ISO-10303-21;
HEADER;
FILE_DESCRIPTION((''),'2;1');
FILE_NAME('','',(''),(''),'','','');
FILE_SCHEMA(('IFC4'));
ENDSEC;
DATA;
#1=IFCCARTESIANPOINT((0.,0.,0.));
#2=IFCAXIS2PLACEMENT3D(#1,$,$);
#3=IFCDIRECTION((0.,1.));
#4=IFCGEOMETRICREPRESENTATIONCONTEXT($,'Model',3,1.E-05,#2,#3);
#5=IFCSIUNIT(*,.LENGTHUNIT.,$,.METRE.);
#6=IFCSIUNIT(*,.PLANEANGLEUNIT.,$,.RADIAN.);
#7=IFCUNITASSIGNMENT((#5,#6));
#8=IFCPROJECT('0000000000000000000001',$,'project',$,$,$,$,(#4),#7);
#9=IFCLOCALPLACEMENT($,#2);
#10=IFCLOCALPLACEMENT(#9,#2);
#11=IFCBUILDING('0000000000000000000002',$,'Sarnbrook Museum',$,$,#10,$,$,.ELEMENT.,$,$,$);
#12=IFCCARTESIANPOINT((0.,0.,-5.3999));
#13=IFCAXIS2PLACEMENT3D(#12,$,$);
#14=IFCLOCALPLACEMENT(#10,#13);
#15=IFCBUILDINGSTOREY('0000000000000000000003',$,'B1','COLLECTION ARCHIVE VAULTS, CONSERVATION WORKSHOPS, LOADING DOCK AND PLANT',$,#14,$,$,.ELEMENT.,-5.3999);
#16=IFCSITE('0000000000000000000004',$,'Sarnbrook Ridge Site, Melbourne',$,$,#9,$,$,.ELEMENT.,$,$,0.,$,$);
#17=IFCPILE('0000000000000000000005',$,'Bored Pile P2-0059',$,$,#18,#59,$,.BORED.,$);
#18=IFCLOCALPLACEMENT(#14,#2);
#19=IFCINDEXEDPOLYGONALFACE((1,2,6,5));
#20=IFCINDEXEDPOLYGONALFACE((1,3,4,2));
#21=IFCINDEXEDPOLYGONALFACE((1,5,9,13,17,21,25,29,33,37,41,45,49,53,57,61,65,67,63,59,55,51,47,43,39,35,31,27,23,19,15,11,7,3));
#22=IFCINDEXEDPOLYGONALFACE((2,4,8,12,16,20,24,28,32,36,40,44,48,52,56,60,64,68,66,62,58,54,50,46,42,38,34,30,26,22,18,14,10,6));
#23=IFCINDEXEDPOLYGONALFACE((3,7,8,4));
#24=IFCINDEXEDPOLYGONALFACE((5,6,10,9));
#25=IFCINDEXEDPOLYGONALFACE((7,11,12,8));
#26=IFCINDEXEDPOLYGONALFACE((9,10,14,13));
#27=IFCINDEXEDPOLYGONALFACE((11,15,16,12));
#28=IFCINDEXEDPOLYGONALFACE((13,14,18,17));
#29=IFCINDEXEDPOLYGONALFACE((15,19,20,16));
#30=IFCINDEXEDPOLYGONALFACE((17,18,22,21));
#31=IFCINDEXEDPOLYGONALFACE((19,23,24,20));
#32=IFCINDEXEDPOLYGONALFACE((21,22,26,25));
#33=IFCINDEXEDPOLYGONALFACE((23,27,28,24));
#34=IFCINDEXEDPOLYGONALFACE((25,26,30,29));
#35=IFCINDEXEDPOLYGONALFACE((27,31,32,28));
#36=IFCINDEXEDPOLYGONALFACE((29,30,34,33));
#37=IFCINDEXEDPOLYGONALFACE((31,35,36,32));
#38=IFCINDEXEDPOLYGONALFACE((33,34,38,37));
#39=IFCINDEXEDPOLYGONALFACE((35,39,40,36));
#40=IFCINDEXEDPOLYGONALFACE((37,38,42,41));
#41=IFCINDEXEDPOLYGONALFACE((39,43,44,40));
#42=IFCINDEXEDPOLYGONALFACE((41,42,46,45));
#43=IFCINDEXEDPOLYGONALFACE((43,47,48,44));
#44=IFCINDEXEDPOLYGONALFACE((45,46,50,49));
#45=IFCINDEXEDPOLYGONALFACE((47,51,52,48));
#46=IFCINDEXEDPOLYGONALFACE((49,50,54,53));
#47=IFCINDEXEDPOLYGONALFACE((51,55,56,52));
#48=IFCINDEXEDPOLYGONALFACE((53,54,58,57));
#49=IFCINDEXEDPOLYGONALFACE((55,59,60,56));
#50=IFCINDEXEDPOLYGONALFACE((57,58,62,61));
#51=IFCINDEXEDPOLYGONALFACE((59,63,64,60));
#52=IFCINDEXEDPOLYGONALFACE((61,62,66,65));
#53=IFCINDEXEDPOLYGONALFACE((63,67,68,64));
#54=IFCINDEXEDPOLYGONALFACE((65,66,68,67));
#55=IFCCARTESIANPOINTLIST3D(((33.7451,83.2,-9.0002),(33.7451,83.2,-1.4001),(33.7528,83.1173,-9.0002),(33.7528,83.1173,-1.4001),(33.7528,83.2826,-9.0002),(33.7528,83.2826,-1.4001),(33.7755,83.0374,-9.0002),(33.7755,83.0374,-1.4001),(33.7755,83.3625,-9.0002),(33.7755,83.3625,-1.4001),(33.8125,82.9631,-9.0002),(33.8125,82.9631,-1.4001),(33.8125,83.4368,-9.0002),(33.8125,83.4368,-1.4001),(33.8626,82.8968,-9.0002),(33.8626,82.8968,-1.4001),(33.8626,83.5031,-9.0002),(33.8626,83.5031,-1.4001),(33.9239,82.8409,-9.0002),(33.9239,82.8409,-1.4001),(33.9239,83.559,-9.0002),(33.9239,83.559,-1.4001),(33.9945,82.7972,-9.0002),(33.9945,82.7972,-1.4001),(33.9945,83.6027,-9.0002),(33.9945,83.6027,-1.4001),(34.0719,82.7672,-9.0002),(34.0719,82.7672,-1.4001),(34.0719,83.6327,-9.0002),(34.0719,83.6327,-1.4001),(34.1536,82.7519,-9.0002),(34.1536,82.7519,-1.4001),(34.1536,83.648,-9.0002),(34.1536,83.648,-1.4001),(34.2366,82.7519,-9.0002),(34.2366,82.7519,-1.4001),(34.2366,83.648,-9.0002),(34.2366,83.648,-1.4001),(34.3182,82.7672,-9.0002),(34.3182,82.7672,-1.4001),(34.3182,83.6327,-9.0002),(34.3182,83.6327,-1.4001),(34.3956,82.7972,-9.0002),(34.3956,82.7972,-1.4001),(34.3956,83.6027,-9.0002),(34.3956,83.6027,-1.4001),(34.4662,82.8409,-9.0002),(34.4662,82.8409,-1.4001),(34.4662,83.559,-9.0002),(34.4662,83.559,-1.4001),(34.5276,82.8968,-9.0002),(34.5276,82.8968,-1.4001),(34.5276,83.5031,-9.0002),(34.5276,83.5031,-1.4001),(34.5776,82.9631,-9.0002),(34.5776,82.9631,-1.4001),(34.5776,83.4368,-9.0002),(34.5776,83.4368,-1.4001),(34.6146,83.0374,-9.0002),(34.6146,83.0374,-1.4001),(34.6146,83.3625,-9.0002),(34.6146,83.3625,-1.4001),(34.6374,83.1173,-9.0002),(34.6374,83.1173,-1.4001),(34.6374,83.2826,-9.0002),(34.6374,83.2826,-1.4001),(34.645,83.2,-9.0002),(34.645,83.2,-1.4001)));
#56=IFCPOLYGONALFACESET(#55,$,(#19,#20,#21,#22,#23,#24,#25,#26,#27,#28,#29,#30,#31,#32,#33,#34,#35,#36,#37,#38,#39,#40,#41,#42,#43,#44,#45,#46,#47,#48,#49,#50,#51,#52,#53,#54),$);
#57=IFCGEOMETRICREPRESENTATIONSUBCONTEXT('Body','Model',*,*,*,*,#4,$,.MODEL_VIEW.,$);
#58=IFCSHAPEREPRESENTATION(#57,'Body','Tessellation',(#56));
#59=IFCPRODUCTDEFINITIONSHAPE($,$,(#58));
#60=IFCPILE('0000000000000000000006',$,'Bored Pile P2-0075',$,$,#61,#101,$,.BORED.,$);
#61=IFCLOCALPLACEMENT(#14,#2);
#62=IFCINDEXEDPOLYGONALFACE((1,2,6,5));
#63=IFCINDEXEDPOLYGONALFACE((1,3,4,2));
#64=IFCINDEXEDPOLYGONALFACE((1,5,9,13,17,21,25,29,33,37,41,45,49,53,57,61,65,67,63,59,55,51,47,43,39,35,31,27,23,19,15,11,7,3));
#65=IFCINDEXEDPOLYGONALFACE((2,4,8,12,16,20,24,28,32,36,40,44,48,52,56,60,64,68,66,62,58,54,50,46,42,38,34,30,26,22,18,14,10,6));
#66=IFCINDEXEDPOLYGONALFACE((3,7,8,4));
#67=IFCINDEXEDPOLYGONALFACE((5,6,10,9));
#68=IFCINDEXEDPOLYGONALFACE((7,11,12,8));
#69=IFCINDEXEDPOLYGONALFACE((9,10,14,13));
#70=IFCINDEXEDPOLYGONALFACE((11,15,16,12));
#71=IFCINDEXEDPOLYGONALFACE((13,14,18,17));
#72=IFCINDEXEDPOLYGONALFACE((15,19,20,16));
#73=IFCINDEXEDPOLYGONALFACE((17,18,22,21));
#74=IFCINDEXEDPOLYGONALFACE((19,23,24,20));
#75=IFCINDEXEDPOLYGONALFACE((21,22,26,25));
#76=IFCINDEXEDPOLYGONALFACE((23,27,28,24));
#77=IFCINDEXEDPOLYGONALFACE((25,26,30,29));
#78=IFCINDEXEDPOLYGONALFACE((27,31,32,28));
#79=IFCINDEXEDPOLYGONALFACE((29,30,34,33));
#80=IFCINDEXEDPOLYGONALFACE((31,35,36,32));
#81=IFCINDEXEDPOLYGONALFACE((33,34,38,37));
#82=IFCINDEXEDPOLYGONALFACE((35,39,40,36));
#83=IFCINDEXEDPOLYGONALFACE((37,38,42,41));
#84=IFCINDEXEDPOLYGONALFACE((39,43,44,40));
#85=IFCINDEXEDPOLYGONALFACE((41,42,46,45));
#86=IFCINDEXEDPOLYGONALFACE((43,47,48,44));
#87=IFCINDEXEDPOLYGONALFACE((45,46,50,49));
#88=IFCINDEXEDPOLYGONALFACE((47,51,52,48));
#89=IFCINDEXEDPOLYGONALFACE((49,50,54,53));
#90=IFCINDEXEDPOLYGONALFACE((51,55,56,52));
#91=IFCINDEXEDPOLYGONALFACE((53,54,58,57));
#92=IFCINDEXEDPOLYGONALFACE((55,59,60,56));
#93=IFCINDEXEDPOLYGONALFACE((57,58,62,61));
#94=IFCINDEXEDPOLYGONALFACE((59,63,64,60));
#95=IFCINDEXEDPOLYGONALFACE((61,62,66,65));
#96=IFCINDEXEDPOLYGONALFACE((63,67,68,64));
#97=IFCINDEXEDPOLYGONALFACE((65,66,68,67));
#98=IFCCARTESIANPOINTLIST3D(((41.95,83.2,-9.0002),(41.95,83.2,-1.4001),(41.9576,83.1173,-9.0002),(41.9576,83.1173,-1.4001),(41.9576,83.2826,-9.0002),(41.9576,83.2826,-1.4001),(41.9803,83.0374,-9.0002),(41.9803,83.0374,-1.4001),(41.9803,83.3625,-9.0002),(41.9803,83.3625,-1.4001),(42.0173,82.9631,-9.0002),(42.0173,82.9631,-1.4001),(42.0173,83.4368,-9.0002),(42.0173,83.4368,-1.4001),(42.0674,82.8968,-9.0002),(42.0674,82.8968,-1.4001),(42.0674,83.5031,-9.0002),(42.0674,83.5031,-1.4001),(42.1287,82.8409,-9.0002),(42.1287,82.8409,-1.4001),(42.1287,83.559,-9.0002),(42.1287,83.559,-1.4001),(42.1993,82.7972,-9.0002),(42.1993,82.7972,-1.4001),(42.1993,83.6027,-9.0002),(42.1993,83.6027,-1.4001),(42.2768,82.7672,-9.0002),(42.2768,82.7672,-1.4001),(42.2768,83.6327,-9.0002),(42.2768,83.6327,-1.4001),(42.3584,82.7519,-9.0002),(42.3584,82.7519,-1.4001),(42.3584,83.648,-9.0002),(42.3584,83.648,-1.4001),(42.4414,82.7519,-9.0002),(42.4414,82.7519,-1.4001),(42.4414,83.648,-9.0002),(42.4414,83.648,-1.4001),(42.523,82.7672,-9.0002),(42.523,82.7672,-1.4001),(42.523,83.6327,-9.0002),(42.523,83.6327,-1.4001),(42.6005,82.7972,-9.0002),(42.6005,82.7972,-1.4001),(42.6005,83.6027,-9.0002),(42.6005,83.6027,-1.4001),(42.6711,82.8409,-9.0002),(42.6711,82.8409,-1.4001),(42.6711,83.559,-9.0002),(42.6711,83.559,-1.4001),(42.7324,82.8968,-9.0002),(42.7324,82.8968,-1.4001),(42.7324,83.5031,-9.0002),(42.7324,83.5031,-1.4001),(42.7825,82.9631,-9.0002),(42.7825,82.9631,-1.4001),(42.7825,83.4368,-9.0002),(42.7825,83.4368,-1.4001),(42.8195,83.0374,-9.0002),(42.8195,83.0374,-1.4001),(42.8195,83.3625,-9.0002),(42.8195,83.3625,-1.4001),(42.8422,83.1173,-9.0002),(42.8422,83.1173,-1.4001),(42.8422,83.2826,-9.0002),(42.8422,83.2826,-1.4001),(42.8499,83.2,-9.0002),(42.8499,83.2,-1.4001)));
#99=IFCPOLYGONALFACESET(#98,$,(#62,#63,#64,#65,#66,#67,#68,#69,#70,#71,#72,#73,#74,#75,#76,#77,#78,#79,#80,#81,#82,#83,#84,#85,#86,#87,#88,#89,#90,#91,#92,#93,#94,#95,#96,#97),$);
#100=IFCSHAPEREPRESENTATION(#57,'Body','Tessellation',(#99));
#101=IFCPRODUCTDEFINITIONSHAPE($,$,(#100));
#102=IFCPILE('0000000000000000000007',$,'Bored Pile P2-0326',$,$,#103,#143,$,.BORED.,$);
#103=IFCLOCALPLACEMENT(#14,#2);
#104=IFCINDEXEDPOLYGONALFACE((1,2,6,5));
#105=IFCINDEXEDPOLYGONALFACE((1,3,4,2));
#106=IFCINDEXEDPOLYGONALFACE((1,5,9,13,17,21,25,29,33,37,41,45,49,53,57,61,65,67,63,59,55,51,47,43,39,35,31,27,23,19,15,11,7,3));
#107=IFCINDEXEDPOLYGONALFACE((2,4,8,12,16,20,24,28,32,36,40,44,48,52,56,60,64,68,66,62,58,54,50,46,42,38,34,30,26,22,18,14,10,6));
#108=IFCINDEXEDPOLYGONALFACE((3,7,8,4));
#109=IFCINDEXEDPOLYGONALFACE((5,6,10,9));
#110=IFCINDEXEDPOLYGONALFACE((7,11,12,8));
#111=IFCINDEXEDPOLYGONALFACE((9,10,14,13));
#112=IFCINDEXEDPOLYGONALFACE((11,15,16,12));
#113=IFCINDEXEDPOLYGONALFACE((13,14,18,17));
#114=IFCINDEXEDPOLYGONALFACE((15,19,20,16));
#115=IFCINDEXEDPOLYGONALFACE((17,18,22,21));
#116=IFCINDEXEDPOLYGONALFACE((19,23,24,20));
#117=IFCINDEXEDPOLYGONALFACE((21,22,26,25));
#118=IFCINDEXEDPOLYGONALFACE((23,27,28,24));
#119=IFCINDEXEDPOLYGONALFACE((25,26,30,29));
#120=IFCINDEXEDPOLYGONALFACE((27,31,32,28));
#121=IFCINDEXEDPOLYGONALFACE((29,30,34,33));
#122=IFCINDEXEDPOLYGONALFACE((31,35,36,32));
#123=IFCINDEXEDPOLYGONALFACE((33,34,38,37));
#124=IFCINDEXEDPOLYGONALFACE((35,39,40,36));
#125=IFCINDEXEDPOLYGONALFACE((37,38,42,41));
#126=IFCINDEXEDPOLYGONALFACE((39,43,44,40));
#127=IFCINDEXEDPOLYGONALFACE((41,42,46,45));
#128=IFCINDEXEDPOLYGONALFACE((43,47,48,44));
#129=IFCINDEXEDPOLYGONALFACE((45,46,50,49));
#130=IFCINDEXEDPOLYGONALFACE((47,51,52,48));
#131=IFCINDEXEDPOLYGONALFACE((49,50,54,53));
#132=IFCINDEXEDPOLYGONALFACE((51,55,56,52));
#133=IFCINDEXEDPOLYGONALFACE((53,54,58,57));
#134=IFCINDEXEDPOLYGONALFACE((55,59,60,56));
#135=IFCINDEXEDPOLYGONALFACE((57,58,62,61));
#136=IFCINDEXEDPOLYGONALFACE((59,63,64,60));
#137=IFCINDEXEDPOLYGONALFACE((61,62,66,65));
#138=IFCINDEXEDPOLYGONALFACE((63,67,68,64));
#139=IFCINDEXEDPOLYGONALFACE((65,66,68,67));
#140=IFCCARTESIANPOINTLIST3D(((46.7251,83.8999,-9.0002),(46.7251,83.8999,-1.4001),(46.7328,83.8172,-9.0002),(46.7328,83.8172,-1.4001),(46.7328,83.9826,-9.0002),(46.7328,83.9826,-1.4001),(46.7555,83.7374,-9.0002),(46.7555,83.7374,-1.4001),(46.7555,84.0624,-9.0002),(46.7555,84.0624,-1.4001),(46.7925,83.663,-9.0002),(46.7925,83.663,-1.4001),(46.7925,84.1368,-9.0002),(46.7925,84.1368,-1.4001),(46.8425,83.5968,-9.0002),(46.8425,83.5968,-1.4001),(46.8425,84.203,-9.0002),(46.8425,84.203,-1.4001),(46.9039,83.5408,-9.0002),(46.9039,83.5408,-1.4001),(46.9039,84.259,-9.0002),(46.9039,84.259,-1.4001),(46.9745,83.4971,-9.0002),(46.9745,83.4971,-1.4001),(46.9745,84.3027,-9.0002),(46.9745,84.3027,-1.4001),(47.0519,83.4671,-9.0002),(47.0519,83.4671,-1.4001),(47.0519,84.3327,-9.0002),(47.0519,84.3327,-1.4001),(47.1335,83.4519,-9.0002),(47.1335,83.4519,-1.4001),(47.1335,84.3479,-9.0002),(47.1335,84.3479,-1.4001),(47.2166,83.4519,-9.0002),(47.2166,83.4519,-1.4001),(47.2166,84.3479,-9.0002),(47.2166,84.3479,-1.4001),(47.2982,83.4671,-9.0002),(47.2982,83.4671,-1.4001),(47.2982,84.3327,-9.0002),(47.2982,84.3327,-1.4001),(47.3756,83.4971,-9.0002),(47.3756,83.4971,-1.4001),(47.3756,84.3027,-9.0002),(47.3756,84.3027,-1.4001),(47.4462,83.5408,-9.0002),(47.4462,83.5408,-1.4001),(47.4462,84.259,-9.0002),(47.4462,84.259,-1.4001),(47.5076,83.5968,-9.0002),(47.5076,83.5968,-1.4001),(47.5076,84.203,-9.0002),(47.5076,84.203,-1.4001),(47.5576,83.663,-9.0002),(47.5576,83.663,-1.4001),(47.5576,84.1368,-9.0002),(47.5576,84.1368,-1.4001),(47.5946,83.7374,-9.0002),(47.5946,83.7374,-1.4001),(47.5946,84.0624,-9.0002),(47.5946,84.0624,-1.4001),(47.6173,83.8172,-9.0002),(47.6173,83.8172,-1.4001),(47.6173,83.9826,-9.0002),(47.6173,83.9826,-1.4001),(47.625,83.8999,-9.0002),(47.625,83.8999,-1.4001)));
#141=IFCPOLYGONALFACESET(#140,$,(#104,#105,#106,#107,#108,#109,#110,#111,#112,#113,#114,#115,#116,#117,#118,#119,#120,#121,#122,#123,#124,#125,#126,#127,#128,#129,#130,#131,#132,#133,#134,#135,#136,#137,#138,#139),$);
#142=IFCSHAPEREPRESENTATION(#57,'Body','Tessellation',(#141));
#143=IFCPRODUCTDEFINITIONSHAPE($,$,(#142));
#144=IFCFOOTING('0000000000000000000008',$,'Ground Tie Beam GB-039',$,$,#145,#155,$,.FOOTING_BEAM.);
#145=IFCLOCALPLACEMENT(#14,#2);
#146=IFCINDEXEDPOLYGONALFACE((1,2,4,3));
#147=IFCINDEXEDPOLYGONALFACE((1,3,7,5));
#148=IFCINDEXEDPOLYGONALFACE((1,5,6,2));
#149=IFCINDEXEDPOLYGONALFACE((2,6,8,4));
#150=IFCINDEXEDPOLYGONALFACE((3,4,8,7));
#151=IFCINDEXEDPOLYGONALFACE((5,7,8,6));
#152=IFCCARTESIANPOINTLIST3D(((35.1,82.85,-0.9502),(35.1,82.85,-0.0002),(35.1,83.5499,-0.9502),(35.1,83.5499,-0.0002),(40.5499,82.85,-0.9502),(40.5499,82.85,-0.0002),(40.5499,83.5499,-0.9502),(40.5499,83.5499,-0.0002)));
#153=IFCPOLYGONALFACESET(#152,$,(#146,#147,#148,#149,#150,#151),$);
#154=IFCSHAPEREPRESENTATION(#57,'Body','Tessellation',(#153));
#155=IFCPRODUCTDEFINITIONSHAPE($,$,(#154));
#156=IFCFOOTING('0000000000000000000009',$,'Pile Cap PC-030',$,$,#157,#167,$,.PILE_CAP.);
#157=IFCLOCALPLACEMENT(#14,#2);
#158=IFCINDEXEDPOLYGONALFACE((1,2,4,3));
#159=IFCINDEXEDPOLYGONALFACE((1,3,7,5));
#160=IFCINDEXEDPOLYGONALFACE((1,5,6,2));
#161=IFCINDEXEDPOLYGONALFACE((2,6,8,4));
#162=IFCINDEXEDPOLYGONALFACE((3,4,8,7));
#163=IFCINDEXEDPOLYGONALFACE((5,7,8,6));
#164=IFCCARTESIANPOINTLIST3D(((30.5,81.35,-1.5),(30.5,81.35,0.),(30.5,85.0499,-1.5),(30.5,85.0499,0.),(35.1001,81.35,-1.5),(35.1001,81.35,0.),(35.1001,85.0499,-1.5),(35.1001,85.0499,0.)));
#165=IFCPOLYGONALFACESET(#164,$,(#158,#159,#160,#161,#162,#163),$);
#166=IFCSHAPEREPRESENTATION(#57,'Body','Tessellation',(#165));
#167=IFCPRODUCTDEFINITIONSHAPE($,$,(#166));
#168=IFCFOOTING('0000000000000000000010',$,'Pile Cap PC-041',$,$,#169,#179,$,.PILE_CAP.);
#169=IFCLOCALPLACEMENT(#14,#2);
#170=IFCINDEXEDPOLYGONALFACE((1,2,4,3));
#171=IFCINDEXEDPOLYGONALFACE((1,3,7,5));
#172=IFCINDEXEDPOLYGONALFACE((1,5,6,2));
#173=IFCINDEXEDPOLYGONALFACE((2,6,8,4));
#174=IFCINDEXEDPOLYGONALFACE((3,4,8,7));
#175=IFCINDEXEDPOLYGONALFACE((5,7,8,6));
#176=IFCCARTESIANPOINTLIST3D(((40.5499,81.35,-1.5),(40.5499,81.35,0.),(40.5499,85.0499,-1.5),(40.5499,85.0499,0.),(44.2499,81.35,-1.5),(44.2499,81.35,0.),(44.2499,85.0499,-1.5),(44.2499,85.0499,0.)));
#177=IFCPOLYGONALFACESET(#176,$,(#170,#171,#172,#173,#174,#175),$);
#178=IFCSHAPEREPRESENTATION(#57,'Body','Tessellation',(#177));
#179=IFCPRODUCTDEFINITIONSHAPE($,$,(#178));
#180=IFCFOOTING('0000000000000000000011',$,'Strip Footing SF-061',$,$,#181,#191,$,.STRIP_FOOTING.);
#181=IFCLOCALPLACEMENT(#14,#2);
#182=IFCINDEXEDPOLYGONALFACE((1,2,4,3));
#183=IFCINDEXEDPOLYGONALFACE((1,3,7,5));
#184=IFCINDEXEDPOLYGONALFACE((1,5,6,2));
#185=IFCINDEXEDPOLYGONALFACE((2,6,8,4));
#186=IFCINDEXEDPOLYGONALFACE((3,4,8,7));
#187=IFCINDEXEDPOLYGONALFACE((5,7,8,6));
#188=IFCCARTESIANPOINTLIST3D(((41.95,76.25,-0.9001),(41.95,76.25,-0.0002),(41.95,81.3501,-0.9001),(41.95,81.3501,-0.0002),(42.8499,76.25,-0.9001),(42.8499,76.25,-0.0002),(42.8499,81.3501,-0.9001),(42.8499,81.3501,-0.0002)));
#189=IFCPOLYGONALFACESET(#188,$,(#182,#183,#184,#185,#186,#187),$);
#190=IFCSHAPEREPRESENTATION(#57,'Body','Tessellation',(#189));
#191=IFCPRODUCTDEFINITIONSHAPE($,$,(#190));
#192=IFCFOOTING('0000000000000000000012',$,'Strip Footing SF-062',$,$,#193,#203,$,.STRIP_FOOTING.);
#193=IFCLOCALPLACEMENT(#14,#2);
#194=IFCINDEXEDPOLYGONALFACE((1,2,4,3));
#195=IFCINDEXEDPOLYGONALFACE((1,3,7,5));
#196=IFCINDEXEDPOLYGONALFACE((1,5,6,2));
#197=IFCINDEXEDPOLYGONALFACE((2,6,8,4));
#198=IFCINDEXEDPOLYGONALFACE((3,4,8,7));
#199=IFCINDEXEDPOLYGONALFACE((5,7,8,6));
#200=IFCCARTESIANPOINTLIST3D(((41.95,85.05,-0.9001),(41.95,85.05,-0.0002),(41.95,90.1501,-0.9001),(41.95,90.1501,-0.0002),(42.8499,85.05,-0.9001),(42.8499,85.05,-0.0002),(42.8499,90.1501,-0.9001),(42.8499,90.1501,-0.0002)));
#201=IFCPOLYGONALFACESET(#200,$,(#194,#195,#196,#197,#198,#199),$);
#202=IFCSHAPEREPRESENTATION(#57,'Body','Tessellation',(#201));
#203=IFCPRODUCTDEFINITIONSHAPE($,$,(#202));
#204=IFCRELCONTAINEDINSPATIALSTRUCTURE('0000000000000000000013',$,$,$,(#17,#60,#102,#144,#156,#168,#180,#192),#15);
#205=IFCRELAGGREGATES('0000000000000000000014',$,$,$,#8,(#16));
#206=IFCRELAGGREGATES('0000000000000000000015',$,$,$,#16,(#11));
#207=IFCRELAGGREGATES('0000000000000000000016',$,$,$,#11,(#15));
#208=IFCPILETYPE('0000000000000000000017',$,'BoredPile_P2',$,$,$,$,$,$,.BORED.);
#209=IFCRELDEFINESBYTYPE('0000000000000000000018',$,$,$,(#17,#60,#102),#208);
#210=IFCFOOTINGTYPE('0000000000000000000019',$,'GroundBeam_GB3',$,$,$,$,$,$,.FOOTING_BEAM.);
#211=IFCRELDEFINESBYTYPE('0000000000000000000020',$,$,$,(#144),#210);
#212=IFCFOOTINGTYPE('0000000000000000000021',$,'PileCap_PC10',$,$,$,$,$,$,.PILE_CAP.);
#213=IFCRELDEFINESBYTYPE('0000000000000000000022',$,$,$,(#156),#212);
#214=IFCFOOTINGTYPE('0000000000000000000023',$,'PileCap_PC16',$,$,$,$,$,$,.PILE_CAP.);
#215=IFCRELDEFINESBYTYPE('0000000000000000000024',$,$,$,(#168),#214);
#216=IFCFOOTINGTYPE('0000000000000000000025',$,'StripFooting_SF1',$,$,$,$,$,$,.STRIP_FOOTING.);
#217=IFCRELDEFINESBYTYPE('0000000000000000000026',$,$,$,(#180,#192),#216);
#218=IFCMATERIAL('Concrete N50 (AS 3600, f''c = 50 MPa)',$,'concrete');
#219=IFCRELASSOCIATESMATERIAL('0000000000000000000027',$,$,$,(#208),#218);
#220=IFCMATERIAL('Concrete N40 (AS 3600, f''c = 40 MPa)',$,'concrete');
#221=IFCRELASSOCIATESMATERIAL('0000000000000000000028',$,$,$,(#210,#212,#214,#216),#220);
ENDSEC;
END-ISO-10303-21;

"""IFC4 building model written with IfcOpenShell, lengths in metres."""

from ifc_helpers import new_model, si_unit, direction, frame, origin, origin_2d, place, context, subcontext, project, spatial, rectangle, circle, extrude, material, material_profile, profile_set, type_object, element, save


model = new_model("IFC4")

# Units and contexts
model_context = context("Model", 3, precision=1e-05, world=origin(), true_north=direction((0.0, 1.0)))
body_context = subcontext(model_context, "Body", "Model", "MODEL_VIEW")
ifc_project = project(units=[si_unit("LENGTHUNIT", "METRE"), si_unit("PLANEANGLEUNIT", "RADIAN")], contexts=[model_context])

# Site, building, storey
site_placement = place(None, origin())
site = spatial("IfcSite", under=ifc_project, at=site_placement, Name="Sarnbrook Ridge Site, Melbourne", CompositionType="ELEMENT", RefElevation=0.0)
building_placement = place(site_placement, origin())
building = spatial("IfcBuilding", under=site, at=building_placement, Name="Sarnbrook Museum", CompositionType="ELEMENT")
storey_placement = place(building_placement, frame((0.0, 0.0, -5.3999)))
storey = spatial("IfcBuildingStorey", under=building, at=storey_placement, Name="B1", Description="COLLECTION ARCHIVE VAULTS, CONSERVATION WORKSHOPS, LOADING DOCK AND PLANT", CompositionType="ELEMENT", Elevation=-5.3999)

# Piles
ifc_material_1 = material(Name="Concrete N50 (AS 3600, f'c = 50 MPa)", Category="concrete")
ifc_material_profile_1 = material_profile(ifc_material_1, circle(Radius=0.45, at=origin_2d()), Name="BORED PILE D900")
ifc_profile_set_1 = profile_set([ifc_material_profile_1], Name="Concrete N50 (AS 3600, f'c = 50 MPa)")
pile_type = type_object("IfcPileType", Name="BoredPile_P2", PredefinedType="BORED", material=ifc_profile_set_1)
for number, where, z_axis, x_axis, name in (
    (1, (34.1951, 83.2, -1.4001), (0.0, 0.0, -1.0), (1.0, 0.0, 0.0), "Bored Pile P2-0059"),
    (2, (42.3999, 83.2, -1.4001), (0.0, 0.0, -1.0), (1.0, 0.0, 0.0), "Bored Pile P2-0075"),
    (3, (47.175, 83.8999, -1.4001), (0.0, 0.0, -1.0), (1.0, 0.0, 0.0), "Bored Pile P2-0326"),
):
    element("IfcPile", number, at=place(storey_placement, frame(where, z_axis=z_axis, x_axis=x_axis)), inside=storey, type_object=pile_type, Name=name, PredefinedType="BORED", context=body_context, shape_type="SweptSolid", body=[
        extrude(circle(Radius=0.45, at=origin_2d()), origin(), (0.0, 0.0, 1.0), 7.6001),
    ])

# Footings
ifc_material_2 = material(Name="Concrete N40 (AS 3600, f'c = 40 MPa)", Category="concrete")
footing_type_1 = type_object("IfcFootingType", Name="GroundBeam_GB3", PredefinedType="FOOTING_BEAM", material=ifc_material_2)
footing_1_placement = place(storey_placement, frame((37.825, 83.2, -0.9502), z_axis=(0.0, 0.0, 1.0), x_axis=(1.0, 0.0, 0.0)))
element("IfcFooting", 4, at=footing_1_placement, inside=storey, type_object=footing_type_1, Name="Ground Tie Beam GB-039", PredefinedType="FOOTING_BEAM", context=body_context, shape_type="SweptSolid", body=[
    extrude(rectangle(XDim=5.45, YDim=0.7, at=origin_2d()), origin(), (0.0, 0.0, 1.0), 0.95),
])
footing_type_2 = type_object("IfcFootingType", Name="PileCap_PC10", PredefinedType="PILE_CAP", material=ifc_material_2)
footing_2_placement = place(storey_placement, frame((32.8, 83.2, -1.5), z_axis=(0.0, 0.0, 1.0), x_axis=(1.0, 0.0, 0.0)))
element("IfcFooting", 5, at=footing_2_placement, inside=storey, type_object=footing_type_2, Name="Pile Cap PC-030", PredefinedType="PILE_CAP", context=body_context, shape_type="SweptSolid", body=[
    extrude(rectangle(XDim=4.6001, YDim=3.7, at=origin_2d()), origin(), (0.0, 0.0, 1.0), 1.5),
])
footing_type_3 = type_object("IfcFootingType", Name="PileCap_PC16", PredefinedType="PILE_CAP", material=ifc_material_2)
footing_3_placement = place(storey_placement, frame((42.3999, 83.2, -1.5), z_axis=(0.0, 0.0, 1.0), x_axis=(1.0, 0.0, 0.0)))
element("IfcFooting", 6, at=footing_3_placement, inside=storey, type_object=footing_type_3, Name="Pile Cap PC-041", PredefinedType="PILE_CAP", context=body_context, shape_type="SweptSolid", body=[
    extrude(rectangle(XDim=3.7, YDim=3.7, at=origin_2d()), origin(), (0.0, 0.0, 1.0), 1.5),
])
footing_type_4 = type_object("IfcFootingType", Name="StripFooting_SF1", PredefinedType="STRIP_FOOTING", material=ifc_material_2)
for number, where, z_axis, x_axis, name in (
    (7, (42.3999, 78.8, -0.9001), (0.0, 0.0, 1.0), (1.0, 0.0, 0.0), "Strip Footing SF-061"),
    (8, (42.3999, 87.6001, -0.9001), (0.0, 0.0, 1.0), (1.0, 0.0, 0.0), "Strip Footing SF-062"),
):
    element("IfcFooting", number, at=place(storey_placement, frame(where, z_axis=z_axis, x_axis=x_axis)), inside=storey, type_object=footing_type_4, Name=name, PredefinedType="STRIP_FOOTING", context=body_context, shape_type="SweptSolid", body=[
        extrude(rectangle(XDim=0.8999, YDim=5.1001, at=origin_2d()), origin(), (0.0, 0.0, 1.0), 0.8999),
    ])

save(model, "model.ifc")
